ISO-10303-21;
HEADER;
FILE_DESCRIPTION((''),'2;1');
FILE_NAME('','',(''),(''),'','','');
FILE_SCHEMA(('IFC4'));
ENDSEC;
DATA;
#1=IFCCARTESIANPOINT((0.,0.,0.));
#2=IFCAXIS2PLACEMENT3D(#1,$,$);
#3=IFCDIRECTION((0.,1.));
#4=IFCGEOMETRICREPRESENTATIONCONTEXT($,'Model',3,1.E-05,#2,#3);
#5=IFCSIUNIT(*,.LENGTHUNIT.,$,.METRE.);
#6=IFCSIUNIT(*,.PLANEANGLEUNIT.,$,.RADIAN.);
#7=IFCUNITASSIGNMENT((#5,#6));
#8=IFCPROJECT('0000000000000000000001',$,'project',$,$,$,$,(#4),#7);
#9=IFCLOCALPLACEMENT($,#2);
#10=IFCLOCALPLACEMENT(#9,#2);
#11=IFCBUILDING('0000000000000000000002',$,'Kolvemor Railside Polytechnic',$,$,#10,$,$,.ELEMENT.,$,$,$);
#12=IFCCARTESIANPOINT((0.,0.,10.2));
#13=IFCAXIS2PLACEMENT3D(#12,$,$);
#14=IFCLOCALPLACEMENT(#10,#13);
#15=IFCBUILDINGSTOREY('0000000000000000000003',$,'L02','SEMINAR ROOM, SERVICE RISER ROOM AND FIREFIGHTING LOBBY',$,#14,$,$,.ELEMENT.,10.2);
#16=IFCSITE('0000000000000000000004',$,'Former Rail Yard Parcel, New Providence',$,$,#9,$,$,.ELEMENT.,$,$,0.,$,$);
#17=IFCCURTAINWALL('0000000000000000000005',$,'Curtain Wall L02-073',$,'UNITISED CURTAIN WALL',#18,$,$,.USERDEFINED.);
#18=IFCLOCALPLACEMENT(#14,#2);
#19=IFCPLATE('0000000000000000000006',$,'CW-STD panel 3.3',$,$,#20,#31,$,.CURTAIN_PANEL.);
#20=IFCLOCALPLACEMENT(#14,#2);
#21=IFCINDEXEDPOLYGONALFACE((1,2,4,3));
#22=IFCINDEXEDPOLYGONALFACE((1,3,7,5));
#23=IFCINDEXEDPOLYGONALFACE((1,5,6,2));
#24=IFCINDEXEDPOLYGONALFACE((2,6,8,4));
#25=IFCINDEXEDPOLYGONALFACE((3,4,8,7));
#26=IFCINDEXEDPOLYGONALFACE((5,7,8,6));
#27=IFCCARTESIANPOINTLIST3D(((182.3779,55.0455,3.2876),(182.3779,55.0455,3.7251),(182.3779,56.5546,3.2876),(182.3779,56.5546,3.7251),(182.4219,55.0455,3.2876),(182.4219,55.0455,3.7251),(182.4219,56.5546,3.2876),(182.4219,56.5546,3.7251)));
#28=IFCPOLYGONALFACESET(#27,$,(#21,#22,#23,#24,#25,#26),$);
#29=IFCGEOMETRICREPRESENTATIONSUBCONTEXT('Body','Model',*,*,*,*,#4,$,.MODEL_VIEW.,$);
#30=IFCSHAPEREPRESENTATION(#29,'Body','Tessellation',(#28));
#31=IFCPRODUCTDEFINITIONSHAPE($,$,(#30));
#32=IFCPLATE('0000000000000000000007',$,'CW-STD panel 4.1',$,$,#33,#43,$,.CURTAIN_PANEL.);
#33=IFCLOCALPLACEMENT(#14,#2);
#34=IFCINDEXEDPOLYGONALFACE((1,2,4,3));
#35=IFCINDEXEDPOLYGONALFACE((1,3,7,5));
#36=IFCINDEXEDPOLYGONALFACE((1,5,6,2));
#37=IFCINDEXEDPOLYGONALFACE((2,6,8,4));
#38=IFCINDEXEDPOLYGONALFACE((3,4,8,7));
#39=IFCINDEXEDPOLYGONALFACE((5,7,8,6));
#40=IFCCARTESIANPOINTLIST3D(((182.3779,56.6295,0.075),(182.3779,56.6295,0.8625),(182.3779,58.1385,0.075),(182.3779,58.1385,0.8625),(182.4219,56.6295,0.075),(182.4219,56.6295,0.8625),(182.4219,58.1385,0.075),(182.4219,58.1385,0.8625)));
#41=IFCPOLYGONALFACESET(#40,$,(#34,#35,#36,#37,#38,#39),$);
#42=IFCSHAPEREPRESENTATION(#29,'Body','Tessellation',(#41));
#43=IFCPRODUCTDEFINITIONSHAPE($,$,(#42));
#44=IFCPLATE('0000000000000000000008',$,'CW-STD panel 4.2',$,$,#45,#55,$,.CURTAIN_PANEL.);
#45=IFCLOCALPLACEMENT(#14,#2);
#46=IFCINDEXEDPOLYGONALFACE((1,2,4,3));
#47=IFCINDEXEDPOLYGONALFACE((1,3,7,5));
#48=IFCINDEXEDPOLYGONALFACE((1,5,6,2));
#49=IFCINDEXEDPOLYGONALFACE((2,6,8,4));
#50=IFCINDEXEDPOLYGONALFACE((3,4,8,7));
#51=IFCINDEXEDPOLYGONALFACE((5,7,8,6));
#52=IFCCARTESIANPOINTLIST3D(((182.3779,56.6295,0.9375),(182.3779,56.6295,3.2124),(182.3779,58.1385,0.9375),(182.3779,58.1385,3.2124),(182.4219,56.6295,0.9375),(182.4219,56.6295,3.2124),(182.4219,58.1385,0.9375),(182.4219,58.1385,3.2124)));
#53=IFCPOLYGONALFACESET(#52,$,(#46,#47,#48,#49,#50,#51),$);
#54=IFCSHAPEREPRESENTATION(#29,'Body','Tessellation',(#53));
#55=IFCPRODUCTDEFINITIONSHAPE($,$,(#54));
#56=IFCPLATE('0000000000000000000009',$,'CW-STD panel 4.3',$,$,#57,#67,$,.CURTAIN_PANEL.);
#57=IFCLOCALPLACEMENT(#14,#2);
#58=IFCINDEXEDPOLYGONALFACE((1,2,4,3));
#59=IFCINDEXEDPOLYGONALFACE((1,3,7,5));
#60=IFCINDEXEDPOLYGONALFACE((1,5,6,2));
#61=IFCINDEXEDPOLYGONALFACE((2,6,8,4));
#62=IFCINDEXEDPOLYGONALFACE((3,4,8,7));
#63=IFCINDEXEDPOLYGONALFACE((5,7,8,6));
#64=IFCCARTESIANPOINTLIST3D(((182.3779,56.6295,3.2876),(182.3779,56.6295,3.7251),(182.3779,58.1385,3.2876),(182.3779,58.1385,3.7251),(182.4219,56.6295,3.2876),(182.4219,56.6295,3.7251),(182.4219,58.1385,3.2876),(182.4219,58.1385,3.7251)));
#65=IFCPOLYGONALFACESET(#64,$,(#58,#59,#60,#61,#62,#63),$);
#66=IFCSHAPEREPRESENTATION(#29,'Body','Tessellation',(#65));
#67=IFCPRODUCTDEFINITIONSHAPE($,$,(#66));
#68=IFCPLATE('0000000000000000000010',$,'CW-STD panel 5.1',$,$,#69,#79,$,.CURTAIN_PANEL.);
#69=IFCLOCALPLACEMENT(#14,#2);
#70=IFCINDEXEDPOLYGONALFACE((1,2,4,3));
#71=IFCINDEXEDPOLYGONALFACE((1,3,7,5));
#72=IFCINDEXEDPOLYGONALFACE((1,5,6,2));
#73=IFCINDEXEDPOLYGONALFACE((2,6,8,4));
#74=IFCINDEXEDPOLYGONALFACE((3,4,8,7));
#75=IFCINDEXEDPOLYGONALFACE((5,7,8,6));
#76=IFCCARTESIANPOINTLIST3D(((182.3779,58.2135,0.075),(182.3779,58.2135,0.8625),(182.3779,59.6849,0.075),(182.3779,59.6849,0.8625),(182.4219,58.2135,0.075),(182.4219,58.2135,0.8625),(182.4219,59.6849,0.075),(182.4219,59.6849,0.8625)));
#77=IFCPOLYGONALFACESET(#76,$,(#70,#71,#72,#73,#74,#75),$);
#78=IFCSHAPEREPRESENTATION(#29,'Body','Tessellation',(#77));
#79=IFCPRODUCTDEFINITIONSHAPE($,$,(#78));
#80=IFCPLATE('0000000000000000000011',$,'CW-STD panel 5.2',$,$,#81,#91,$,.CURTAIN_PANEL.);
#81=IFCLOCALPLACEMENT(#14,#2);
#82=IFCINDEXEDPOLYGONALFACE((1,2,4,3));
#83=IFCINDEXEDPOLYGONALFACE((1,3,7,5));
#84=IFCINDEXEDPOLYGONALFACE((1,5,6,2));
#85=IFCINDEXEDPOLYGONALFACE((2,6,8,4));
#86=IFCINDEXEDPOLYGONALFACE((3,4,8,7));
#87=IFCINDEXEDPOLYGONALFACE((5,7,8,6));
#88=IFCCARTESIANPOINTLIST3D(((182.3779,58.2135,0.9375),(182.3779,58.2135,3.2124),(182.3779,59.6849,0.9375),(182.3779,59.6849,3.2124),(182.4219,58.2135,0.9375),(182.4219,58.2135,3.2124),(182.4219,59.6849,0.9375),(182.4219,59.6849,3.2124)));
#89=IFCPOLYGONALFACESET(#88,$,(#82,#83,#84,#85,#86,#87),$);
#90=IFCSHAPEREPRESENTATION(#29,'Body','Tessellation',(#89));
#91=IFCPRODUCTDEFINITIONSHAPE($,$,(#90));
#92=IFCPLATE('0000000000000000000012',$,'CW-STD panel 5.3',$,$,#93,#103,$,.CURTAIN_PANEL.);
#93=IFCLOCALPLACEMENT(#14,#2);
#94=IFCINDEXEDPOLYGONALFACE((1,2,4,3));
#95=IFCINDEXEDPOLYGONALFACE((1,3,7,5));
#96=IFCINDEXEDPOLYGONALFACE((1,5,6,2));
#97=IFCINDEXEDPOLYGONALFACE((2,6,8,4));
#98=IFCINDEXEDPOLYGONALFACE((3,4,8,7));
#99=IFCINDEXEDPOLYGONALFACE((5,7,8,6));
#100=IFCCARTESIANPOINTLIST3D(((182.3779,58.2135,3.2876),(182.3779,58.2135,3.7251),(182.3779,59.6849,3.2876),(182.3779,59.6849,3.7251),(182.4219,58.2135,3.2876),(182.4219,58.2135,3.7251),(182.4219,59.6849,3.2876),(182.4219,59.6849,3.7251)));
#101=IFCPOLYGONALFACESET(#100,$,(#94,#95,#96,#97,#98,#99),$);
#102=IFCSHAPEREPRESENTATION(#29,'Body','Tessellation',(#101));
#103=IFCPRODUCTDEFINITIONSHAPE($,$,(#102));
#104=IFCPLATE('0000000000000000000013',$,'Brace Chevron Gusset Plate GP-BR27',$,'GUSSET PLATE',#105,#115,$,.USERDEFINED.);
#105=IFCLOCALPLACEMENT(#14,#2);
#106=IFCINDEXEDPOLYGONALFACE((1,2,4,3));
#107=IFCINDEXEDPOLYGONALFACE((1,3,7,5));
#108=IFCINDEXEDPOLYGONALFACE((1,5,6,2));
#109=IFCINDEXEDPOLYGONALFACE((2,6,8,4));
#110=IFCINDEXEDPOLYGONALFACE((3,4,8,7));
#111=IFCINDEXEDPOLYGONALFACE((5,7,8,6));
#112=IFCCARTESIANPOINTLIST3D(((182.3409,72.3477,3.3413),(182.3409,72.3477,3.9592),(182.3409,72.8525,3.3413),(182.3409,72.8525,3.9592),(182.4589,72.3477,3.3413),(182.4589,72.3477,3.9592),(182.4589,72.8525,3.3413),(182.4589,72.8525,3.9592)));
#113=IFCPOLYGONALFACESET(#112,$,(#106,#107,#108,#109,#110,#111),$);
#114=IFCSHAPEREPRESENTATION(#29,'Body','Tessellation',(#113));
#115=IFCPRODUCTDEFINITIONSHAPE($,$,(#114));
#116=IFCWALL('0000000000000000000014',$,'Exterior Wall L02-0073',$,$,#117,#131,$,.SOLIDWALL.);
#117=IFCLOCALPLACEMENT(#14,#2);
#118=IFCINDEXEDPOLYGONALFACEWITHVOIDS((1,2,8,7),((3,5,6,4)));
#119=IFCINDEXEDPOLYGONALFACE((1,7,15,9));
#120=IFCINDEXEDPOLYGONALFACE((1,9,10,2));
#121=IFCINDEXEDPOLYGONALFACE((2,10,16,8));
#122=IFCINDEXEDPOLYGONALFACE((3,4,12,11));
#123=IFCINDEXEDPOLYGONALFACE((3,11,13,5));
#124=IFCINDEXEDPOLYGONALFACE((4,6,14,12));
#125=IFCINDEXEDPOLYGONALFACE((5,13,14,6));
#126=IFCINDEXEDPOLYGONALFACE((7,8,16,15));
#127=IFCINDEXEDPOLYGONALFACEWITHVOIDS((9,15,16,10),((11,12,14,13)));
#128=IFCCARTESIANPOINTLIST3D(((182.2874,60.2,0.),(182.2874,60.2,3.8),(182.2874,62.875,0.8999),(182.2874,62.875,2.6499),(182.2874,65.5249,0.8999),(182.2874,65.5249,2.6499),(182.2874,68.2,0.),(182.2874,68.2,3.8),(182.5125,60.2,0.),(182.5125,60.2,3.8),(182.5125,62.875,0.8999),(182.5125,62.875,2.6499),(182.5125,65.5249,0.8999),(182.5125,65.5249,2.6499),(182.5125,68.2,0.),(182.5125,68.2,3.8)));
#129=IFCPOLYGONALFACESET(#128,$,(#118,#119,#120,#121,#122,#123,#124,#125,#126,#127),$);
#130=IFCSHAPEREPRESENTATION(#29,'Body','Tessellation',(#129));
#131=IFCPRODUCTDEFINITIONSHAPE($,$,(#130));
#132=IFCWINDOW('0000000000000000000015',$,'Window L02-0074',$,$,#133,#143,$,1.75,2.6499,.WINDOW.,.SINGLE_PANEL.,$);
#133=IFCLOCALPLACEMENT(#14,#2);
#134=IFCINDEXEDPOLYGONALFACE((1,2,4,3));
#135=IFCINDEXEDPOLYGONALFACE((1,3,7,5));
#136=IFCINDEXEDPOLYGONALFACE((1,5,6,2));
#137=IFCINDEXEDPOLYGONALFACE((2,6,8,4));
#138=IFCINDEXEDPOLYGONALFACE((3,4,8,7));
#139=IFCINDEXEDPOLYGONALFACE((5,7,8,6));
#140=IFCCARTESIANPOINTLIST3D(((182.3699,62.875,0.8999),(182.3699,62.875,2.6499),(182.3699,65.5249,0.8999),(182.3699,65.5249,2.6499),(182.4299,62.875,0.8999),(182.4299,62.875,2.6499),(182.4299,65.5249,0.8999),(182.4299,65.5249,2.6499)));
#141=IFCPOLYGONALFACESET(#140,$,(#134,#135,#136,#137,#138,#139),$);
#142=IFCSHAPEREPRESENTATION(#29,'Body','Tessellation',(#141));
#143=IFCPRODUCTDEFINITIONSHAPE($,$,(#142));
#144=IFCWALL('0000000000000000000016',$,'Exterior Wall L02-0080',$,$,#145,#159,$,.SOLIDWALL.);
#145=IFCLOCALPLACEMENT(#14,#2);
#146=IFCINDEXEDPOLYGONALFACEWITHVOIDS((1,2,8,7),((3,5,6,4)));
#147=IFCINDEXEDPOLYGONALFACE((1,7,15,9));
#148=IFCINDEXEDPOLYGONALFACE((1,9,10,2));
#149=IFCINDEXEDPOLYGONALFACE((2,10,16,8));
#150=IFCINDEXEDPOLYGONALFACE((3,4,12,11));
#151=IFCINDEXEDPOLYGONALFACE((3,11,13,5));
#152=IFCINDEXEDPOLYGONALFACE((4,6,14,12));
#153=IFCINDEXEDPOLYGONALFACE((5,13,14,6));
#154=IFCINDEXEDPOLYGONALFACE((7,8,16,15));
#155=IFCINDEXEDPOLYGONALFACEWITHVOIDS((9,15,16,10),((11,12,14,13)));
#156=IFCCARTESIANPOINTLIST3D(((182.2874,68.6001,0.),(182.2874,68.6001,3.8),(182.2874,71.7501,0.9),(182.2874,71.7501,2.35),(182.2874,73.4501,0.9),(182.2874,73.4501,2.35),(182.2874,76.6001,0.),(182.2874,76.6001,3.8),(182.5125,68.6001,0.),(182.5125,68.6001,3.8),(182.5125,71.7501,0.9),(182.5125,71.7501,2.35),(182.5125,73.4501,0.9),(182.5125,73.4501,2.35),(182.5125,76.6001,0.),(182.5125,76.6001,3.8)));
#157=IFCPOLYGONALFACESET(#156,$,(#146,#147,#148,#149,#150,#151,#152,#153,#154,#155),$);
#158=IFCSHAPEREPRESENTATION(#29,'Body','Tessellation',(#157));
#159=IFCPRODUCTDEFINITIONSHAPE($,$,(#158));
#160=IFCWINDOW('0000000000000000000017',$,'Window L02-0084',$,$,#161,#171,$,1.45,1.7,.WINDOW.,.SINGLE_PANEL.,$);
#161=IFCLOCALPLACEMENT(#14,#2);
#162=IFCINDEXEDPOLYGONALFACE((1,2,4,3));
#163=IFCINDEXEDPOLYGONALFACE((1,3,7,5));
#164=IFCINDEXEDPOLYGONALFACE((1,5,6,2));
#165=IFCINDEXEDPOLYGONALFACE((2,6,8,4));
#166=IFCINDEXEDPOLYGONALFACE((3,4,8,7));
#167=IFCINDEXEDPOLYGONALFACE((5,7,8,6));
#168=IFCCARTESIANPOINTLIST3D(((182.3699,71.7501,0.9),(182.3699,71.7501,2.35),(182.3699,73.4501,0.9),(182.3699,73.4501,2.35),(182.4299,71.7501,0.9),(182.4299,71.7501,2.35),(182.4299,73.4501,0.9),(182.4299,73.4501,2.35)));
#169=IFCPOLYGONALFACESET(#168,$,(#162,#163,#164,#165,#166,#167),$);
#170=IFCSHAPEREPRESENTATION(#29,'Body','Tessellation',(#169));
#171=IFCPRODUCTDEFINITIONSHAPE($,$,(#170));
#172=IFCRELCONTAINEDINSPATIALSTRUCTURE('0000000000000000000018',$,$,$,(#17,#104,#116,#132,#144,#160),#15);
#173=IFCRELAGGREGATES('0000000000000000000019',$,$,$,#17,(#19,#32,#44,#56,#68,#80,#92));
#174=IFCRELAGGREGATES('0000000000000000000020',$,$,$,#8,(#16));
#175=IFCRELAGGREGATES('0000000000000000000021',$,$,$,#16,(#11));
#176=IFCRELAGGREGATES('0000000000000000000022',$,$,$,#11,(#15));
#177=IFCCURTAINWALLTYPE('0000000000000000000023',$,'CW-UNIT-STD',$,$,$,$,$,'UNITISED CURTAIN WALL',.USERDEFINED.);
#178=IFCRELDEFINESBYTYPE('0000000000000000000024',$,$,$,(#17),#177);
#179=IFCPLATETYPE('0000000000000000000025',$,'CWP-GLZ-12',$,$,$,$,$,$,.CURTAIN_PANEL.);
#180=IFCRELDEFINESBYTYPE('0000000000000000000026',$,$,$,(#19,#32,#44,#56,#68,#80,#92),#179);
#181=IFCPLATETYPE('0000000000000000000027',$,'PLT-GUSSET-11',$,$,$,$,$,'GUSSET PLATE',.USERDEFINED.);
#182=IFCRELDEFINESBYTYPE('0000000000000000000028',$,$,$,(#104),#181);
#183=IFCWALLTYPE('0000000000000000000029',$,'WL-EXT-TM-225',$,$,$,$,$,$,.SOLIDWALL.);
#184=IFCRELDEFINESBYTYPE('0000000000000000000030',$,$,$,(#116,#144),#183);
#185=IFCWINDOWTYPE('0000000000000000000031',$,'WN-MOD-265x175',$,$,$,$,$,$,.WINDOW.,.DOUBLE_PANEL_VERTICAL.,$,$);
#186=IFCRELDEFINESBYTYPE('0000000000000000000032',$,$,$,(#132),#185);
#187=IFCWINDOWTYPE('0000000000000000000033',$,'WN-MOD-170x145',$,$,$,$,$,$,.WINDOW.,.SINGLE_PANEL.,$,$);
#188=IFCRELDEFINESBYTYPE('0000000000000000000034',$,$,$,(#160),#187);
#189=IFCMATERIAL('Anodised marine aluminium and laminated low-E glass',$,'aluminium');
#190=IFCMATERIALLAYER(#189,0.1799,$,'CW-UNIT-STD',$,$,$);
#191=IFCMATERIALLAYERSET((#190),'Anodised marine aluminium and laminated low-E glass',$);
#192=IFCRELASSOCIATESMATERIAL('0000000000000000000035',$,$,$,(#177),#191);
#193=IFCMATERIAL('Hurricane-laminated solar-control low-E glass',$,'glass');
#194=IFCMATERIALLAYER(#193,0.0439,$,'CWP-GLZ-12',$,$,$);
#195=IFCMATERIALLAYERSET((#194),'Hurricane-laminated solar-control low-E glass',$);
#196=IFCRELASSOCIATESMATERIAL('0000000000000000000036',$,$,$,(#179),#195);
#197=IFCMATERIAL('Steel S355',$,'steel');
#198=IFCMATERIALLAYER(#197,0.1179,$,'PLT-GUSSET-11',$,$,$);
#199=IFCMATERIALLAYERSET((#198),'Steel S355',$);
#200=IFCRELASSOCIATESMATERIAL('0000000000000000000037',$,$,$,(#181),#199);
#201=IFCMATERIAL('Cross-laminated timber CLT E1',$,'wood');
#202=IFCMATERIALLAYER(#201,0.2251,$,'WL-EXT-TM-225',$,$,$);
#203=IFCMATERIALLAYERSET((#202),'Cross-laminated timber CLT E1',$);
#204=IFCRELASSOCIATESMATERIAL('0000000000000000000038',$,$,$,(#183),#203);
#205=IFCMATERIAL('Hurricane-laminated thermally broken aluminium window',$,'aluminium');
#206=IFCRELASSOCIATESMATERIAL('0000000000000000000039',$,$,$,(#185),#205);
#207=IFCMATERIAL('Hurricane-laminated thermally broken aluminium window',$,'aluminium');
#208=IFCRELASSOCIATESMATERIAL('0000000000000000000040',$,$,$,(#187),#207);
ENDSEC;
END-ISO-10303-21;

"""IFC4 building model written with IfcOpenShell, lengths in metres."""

from ifc_helpers import new_model, si_unit, direction, frame, frame_2d, origin, origin_2d, place, context, subcontext, project, spatial, rectangle, extrude, material, layer, layer_set, type_object, element, fill, aggregate, save


model = new_model("IFC4")

# Units and contexts
model_context = context("Model", 3, precision=1e-05, world=origin(), true_north=direction((0.0, 1.0)))
body_context = subcontext(model_context, "Body", "Model", "MODEL_VIEW")
ifc_project = project(units=[si_unit("LENGTHUNIT", "METRE"), si_unit("PLANEANGLEUNIT", "RADIAN")], contexts=[model_context])

# Site, building, storey
site_placement = place(None, origin())
site = spatial("IfcSite", under=ifc_project, at=site_placement, Name="Former Rail Yard Parcel, New Providence", CompositionType="ELEMENT", RefElevation=0.0)
building_placement = place(site_placement, origin())
building = spatial("IfcBuilding", under=site, at=building_placement, Name="Kolvemor Railside Polytechnic", CompositionType="ELEMENT")
storey_placement = place(building_placement, frame((0.0, 0.0, 10.2)))
storey = spatial("IfcBuildingStorey", under=building, at=storey_placement, Name="L02", Description="SEMINAR ROOM, SERVICE RISER ROOM AND FIREFIGHTING LOBBY", CompositionType="ELEMENT", Elevation=10.2)

# Curtain wall
ifc_material_1 = material(Name="Anodised marine aluminium and laminated low-E glass", Category="aluminium")
ifc_layer_1 = layer(ifc_material_1, 0.1799, Name="CW-UNIT-STD")
ifc_layer_set_1 = layer_set([ifc_layer_1], Name="Anodised marine aluminium and laminated low-E glass")
curtain_wall_type = type_object("IfcCurtainWallType", Name="CW-UNIT-STD", ElementType="UNITISED CURTAIN WALL", PredefinedType="USERDEFINED", material=ifc_layer_set_1)
curtain_wall_placement = place(storey_placement, origin())
curtain_wall = element("IfcCurtainWall", 1, at=curtain_wall_placement, inside=storey, type_object=curtain_wall_type, Name="Curtain Wall L02-073", ObjectType="UNITISED CURTAIN WALL", PredefinedType="USERDEFINED")

# Plates
ifc_material_2 = material(Name="Hurricane-laminated solar-control low-E glass", Category="glass")
ifc_layer_2 = layer(ifc_material_2, 0.0439, Name="CWP-GLZ-12")
ifc_layer_set_2 = layer_set([ifc_layer_2], Name="Hurricane-laminated solar-control low-E glass")
plate_type_1 = type_object("IfcPlateType", Name="CWP-GLZ-12", PredefinedType="CURTAIN_PANEL", material=ifc_layer_set_2)
plate_1_placement = place(storey_placement, frame((182.3999, 55.8, 3.2876), z_axis=(0.0, 0.0, 1.0), x_axis=(0.0, 1.0, 0.0)))
plate_1 = element("IfcPlate", 2, at=plate_1_placement, type_object=plate_type_1, Name="CW-STD panel 3.3", PredefinedType="CURTAIN_PANEL", context=body_context, shape_type="SweptSolid", body=[
    extrude(rectangle(XDim=1.509, YDim=0.0439, at=origin_2d()), origin(), (0.0, 0.0, 1.0), 0.4375),
])
plate_2_placement = place(storey_placement, frame((182.3999, 57.384, 0.075), z_axis=(0.0, 0.0, 1.0), x_axis=(0.0, 1.0, 0.0)))
plate_2 = element("IfcPlate", 3, at=plate_2_placement, type_object=plate_type_1, Name="CW-STD panel 4.1", PredefinedType="CURTAIN_PANEL", context=body_context, shape_type="SweptSolid", body=[
    extrude(rectangle(XDim=1.509, YDim=0.0439, at=origin_2d()), origin(), (0.0, 0.0, 1.0), 0.7876),
])
plate_3_placement = place(storey_placement, frame((182.3999, 57.384, 0.9375), z_axis=(0.0, 0.0, 1.0), x_axis=(0.0, 1.0, 0.0)))
plate_3 = element("IfcPlate", 4, at=plate_3_placement, type_object=plate_type_1, Name="CW-STD panel 4.2", PredefinedType="CURTAIN_PANEL", context=body_context, shape_type="SweptSolid", body=[
    extrude(rectangle(XDim=1.509, YDim=0.0439, at=origin_2d()), origin(), (0.0, 0.0, 1.0), 2.2749),
])
plate_4_placement = place(storey_placement, frame((182.3999, 57.384, 3.2876), z_axis=(0.0, 0.0, 1.0), x_axis=(0.0, 1.0, 0.0)))
plate_4 = element("IfcPlate", 5, at=plate_4_placement, type_object=plate_type_1, Name="CW-STD panel 4.3", PredefinedType="CURTAIN_PANEL", context=body_context, shape_type="SweptSolid", body=[
    extrude(rectangle(XDim=1.509, YDim=0.0439, at=origin_2d()), origin(), (0.0, 0.0, 1.0), 0.4375),
])
plate_5_placement = place(storey_placement, frame((182.3999, 58.9492, 0.075), z_axis=(0.0, 0.0, 1.0), x_axis=(0.0, 1.0, 0.0)))
plate_5 = element("IfcPlate", 6, at=plate_5_placement, type_object=plate_type_1, Name="CW-STD panel 5.1", PredefinedType="CURTAIN_PANEL", context=body_context, shape_type="SweptSolid", body=[
    extrude(rectangle(XDim=1.4714, YDim=0.0439, at=origin_2d()), origin(), (0.0, 0.0, 1.0), 0.7876),
])
plate_6_placement = place(storey_placement, frame((182.3999, 58.9492, 0.9375), z_axis=(0.0, 0.0, 1.0), x_axis=(0.0, 1.0, 0.0)))
plate_6 = element("IfcPlate", 7, at=plate_6_placement, type_object=plate_type_1, Name="CW-STD panel 5.2", PredefinedType="CURTAIN_PANEL", context=body_context, shape_type="SweptSolid", body=[
    extrude(rectangle(XDim=1.4714, YDim=0.0439, at=origin_2d()), origin(), (0.0, 0.0, 1.0), 2.2749),
])
plate_7_placement = place(storey_placement, frame((182.3999, 58.9492, 3.2876), z_axis=(0.0, 0.0, 1.0), x_axis=(0.0, 1.0, 0.0)))
plate_7 = element("IfcPlate", 8, at=plate_7_placement, type_object=plate_type_1, Name="CW-STD panel 5.3", PredefinedType="CURTAIN_PANEL", context=body_context, shape_type="SweptSolid", body=[
    extrude(rectangle(XDim=1.4714, YDim=0.0439, at=origin_2d()), origin(), (0.0, 0.0, 1.0), 0.4375),
])
aggregate(curtain_wall, [plate_1, plate_2, plate_3, plate_4, plate_5, plate_6, plate_7])
ifc_material_3 = material(Name="Steel S355", Category="steel")
ifc_layer_3 = layer(ifc_material_3, 0.1179, Name="PLT-GUSSET-11")
ifc_layer_set_3 = layer_set([ifc_layer_3], Name="Steel S355")
plate_type_2 = type_object("IfcPlateType", Name="PLT-GUSSET-11", ElementType="GUSSET PLATE", PredefinedType="USERDEFINED", material=ifc_layer_set_3)
plate_8_placement = place(storey_placement, frame((182.3999, 72.6001, 3.3413), z_axis=(0.0, 0.0, 1.0), x_axis=(0.0, 1.0, 0.0)))
element("IfcPlate", 9, at=plate_8_placement, inside=storey, type_object=plate_type_2, Name="Brace Chevron Gusset Plate GP-BR27", ObjectType="GUSSET PLATE", PredefinedType="USERDEFINED", context=body_context, shape_type="SweptSolid", body=[
    extrude(rectangle(XDim=0.5049, YDim=0.1179, at=origin_2d()), origin(), (0.0, 0.0, 1.0), 0.6179),
])

# Walls, openings, windows
ifc_material_4 = material(Name="Cross-laminated timber CLT E1", Category="wood")
ifc_layer_4 = layer(ifc_material_4, 0.2251, Name="WL-EXT-TM-225")
ifc_layer_set_4 = layer_set([ifc_layer_4], Name="Cross-laminated timber CLT E1")
wall_type = type_object("IfcWallType", Name="WL-EXT-TM-225", PredefinedType="SOLIDWALL", material=ifc_layer_set_4)
wall_1_placement = place(storey_placement, frame((182.3999, 60.2, 0.0), z_axis=(0.0, 0.0, 1.0), x_axis=(0.0, 1.0, 0.0)))
wall_1 = element("IfcWall", 10, at=wall_1_placement, inside=storey, type_object=wall_type, Name="Exterior Wall L02-0073", PredefinedType="SOLIDWALL", context=body_context, shape_type="SweptSolid", body=[
    extrude(rectangle(XDim=8.0, YDim=0.2251, at=frame_2d((4.0, 0.0))), origin(), (0.0, 0.0, 1.0), 3.8),
])
opening_1_placement = place(wall_1_placement, frame((2.675, 0.0, 0.8999)))
opening_1 = element("IfcOpeningElement", 11, at=opening_1_placement, cuts=wall_1, PredefinedType="OPENING", context=body_context, shape_type="SweptSolid", body=[
    extrude(rectangle(XDim=2.6499, YDim=1.75, at=frame_2d((1.325, 0.875))), frame((0.0, 0.1226, 0.0), z_axis=(0.0, -1.0, 0.0), x_axis=(1.0, 0.0, 0.0)), (0.0, 0.0, 1.0), 0.2451),
])
ifc_material_5 = material(Name="Hurricane-laminated thermally broken aluminium window", Category="aluminium")
window_type_1 = type_object("IfcWindowType", Name="WN-MOD-265x175", PartitioningType="DOUBLE_PANEL_VERTICAL", PredefinedType="WINDOW", material=ifc_material_5)
window_1_placement = place(opening_1_placement, origin())
window_1 = element("IfcWindow", 12, at=window_1_placement, inside=storey, type_object=window_type_1, Name="Window L02-0074", OverallHeight=1.75, OverallWidth=2.6499, PartitioningType="SINGLE_PANEL", PredefinedType="WINDOW", context=body_context, shape_type="SweptSolid", body=[
    extrude(rectangle(XDim=2.6499, YDim=1.75, at=frame_2d((1.325, 0.875))), frame((0.0, 0.03, 0.0), z_axis=(0.0, -1.0, 0.0), x_axis=(1.0, 0.0, 0.0)), (0.0, 0.0, 1.0), 0.0601),
])
fill(opening_1, window_1)
wall_2_placement = place(storey_placement, frame((182.3999, 68.6001, 0.0), z_axis=(0.0, 0.0, 1.0), x_axis=(0.0, 1.0, 0.0)))
wall_2 = element("IfcWall", 13, at=wall_2_placement, inside=storey, type_object=wall_type, Name="Exterior Wall L02-0080", PredefinedType="SOLIDWALL", context=body_context, shape_type="SweptSolid", body=[
    extrude(rectangle(XDim=8.0, YDim=0.2251, at=frame_2d((4.0, 0.0))), origin(), (0.0, 0.0, 1.0), 3.8),
])
opening_2_placement = place(wall_2_placement, frame((3.1499, 0.0, 0.8999)))
opening_2 = element("IfcOpeningElement", 14, at=opening_2_placement, cuts=wall_2, PredefinedType="OPENING", context=body_context, shape_type="SweptSolid", body=[
    extrude(rectangle(XDim=1.7, YDim=1.45, at=frame_2d((0.8501, 0.7251))), frame((0.0, 0.1226, 0.0), z_axis=(0.0, -1.0, 0.0), x_axis=(1.0, 0.0, 0.0)), (0.0, 0.0, 1.0), 0.2451),
])
ifc_material_6 = material(Name="Hurricane-laminated thermally broken aluminium window", Category="aluminium")
window_type_2 = type_object("IfcWindowType", Name="WN-MOD-170x145", PartitioningType="SINGLE_PANEL", PredefinedType="WINDOW", material=ifc_material_6)
window_2_placement = place(opening_2_placement, origin())
window_2 = element("IfcWindow", 15, at=window_2_placement, inside=storey, type_object=window_type_2, Name="Window L02-0084", OverallHeight=1.45, OverallWidth=1.7, PartitioningType="SINGLE_PANEL", PredefinedType="WINDOW", context=body_context, shape_type="SweptSolid", body=[
    extrude(rectangle(XDim=1.7, YDim=1.45, at=frame_2d((0.8501, 0.7251))), frame((0.0, 0.03, 0.0), z_axis=(0.0, -1.0, 0.0), x_axis=(1.0, 0.0, 0.0)), (0.0, 0.0, 1.0), 0.0601),
])
fill(opening_2, window_2)

save(model, "model.ifc")
